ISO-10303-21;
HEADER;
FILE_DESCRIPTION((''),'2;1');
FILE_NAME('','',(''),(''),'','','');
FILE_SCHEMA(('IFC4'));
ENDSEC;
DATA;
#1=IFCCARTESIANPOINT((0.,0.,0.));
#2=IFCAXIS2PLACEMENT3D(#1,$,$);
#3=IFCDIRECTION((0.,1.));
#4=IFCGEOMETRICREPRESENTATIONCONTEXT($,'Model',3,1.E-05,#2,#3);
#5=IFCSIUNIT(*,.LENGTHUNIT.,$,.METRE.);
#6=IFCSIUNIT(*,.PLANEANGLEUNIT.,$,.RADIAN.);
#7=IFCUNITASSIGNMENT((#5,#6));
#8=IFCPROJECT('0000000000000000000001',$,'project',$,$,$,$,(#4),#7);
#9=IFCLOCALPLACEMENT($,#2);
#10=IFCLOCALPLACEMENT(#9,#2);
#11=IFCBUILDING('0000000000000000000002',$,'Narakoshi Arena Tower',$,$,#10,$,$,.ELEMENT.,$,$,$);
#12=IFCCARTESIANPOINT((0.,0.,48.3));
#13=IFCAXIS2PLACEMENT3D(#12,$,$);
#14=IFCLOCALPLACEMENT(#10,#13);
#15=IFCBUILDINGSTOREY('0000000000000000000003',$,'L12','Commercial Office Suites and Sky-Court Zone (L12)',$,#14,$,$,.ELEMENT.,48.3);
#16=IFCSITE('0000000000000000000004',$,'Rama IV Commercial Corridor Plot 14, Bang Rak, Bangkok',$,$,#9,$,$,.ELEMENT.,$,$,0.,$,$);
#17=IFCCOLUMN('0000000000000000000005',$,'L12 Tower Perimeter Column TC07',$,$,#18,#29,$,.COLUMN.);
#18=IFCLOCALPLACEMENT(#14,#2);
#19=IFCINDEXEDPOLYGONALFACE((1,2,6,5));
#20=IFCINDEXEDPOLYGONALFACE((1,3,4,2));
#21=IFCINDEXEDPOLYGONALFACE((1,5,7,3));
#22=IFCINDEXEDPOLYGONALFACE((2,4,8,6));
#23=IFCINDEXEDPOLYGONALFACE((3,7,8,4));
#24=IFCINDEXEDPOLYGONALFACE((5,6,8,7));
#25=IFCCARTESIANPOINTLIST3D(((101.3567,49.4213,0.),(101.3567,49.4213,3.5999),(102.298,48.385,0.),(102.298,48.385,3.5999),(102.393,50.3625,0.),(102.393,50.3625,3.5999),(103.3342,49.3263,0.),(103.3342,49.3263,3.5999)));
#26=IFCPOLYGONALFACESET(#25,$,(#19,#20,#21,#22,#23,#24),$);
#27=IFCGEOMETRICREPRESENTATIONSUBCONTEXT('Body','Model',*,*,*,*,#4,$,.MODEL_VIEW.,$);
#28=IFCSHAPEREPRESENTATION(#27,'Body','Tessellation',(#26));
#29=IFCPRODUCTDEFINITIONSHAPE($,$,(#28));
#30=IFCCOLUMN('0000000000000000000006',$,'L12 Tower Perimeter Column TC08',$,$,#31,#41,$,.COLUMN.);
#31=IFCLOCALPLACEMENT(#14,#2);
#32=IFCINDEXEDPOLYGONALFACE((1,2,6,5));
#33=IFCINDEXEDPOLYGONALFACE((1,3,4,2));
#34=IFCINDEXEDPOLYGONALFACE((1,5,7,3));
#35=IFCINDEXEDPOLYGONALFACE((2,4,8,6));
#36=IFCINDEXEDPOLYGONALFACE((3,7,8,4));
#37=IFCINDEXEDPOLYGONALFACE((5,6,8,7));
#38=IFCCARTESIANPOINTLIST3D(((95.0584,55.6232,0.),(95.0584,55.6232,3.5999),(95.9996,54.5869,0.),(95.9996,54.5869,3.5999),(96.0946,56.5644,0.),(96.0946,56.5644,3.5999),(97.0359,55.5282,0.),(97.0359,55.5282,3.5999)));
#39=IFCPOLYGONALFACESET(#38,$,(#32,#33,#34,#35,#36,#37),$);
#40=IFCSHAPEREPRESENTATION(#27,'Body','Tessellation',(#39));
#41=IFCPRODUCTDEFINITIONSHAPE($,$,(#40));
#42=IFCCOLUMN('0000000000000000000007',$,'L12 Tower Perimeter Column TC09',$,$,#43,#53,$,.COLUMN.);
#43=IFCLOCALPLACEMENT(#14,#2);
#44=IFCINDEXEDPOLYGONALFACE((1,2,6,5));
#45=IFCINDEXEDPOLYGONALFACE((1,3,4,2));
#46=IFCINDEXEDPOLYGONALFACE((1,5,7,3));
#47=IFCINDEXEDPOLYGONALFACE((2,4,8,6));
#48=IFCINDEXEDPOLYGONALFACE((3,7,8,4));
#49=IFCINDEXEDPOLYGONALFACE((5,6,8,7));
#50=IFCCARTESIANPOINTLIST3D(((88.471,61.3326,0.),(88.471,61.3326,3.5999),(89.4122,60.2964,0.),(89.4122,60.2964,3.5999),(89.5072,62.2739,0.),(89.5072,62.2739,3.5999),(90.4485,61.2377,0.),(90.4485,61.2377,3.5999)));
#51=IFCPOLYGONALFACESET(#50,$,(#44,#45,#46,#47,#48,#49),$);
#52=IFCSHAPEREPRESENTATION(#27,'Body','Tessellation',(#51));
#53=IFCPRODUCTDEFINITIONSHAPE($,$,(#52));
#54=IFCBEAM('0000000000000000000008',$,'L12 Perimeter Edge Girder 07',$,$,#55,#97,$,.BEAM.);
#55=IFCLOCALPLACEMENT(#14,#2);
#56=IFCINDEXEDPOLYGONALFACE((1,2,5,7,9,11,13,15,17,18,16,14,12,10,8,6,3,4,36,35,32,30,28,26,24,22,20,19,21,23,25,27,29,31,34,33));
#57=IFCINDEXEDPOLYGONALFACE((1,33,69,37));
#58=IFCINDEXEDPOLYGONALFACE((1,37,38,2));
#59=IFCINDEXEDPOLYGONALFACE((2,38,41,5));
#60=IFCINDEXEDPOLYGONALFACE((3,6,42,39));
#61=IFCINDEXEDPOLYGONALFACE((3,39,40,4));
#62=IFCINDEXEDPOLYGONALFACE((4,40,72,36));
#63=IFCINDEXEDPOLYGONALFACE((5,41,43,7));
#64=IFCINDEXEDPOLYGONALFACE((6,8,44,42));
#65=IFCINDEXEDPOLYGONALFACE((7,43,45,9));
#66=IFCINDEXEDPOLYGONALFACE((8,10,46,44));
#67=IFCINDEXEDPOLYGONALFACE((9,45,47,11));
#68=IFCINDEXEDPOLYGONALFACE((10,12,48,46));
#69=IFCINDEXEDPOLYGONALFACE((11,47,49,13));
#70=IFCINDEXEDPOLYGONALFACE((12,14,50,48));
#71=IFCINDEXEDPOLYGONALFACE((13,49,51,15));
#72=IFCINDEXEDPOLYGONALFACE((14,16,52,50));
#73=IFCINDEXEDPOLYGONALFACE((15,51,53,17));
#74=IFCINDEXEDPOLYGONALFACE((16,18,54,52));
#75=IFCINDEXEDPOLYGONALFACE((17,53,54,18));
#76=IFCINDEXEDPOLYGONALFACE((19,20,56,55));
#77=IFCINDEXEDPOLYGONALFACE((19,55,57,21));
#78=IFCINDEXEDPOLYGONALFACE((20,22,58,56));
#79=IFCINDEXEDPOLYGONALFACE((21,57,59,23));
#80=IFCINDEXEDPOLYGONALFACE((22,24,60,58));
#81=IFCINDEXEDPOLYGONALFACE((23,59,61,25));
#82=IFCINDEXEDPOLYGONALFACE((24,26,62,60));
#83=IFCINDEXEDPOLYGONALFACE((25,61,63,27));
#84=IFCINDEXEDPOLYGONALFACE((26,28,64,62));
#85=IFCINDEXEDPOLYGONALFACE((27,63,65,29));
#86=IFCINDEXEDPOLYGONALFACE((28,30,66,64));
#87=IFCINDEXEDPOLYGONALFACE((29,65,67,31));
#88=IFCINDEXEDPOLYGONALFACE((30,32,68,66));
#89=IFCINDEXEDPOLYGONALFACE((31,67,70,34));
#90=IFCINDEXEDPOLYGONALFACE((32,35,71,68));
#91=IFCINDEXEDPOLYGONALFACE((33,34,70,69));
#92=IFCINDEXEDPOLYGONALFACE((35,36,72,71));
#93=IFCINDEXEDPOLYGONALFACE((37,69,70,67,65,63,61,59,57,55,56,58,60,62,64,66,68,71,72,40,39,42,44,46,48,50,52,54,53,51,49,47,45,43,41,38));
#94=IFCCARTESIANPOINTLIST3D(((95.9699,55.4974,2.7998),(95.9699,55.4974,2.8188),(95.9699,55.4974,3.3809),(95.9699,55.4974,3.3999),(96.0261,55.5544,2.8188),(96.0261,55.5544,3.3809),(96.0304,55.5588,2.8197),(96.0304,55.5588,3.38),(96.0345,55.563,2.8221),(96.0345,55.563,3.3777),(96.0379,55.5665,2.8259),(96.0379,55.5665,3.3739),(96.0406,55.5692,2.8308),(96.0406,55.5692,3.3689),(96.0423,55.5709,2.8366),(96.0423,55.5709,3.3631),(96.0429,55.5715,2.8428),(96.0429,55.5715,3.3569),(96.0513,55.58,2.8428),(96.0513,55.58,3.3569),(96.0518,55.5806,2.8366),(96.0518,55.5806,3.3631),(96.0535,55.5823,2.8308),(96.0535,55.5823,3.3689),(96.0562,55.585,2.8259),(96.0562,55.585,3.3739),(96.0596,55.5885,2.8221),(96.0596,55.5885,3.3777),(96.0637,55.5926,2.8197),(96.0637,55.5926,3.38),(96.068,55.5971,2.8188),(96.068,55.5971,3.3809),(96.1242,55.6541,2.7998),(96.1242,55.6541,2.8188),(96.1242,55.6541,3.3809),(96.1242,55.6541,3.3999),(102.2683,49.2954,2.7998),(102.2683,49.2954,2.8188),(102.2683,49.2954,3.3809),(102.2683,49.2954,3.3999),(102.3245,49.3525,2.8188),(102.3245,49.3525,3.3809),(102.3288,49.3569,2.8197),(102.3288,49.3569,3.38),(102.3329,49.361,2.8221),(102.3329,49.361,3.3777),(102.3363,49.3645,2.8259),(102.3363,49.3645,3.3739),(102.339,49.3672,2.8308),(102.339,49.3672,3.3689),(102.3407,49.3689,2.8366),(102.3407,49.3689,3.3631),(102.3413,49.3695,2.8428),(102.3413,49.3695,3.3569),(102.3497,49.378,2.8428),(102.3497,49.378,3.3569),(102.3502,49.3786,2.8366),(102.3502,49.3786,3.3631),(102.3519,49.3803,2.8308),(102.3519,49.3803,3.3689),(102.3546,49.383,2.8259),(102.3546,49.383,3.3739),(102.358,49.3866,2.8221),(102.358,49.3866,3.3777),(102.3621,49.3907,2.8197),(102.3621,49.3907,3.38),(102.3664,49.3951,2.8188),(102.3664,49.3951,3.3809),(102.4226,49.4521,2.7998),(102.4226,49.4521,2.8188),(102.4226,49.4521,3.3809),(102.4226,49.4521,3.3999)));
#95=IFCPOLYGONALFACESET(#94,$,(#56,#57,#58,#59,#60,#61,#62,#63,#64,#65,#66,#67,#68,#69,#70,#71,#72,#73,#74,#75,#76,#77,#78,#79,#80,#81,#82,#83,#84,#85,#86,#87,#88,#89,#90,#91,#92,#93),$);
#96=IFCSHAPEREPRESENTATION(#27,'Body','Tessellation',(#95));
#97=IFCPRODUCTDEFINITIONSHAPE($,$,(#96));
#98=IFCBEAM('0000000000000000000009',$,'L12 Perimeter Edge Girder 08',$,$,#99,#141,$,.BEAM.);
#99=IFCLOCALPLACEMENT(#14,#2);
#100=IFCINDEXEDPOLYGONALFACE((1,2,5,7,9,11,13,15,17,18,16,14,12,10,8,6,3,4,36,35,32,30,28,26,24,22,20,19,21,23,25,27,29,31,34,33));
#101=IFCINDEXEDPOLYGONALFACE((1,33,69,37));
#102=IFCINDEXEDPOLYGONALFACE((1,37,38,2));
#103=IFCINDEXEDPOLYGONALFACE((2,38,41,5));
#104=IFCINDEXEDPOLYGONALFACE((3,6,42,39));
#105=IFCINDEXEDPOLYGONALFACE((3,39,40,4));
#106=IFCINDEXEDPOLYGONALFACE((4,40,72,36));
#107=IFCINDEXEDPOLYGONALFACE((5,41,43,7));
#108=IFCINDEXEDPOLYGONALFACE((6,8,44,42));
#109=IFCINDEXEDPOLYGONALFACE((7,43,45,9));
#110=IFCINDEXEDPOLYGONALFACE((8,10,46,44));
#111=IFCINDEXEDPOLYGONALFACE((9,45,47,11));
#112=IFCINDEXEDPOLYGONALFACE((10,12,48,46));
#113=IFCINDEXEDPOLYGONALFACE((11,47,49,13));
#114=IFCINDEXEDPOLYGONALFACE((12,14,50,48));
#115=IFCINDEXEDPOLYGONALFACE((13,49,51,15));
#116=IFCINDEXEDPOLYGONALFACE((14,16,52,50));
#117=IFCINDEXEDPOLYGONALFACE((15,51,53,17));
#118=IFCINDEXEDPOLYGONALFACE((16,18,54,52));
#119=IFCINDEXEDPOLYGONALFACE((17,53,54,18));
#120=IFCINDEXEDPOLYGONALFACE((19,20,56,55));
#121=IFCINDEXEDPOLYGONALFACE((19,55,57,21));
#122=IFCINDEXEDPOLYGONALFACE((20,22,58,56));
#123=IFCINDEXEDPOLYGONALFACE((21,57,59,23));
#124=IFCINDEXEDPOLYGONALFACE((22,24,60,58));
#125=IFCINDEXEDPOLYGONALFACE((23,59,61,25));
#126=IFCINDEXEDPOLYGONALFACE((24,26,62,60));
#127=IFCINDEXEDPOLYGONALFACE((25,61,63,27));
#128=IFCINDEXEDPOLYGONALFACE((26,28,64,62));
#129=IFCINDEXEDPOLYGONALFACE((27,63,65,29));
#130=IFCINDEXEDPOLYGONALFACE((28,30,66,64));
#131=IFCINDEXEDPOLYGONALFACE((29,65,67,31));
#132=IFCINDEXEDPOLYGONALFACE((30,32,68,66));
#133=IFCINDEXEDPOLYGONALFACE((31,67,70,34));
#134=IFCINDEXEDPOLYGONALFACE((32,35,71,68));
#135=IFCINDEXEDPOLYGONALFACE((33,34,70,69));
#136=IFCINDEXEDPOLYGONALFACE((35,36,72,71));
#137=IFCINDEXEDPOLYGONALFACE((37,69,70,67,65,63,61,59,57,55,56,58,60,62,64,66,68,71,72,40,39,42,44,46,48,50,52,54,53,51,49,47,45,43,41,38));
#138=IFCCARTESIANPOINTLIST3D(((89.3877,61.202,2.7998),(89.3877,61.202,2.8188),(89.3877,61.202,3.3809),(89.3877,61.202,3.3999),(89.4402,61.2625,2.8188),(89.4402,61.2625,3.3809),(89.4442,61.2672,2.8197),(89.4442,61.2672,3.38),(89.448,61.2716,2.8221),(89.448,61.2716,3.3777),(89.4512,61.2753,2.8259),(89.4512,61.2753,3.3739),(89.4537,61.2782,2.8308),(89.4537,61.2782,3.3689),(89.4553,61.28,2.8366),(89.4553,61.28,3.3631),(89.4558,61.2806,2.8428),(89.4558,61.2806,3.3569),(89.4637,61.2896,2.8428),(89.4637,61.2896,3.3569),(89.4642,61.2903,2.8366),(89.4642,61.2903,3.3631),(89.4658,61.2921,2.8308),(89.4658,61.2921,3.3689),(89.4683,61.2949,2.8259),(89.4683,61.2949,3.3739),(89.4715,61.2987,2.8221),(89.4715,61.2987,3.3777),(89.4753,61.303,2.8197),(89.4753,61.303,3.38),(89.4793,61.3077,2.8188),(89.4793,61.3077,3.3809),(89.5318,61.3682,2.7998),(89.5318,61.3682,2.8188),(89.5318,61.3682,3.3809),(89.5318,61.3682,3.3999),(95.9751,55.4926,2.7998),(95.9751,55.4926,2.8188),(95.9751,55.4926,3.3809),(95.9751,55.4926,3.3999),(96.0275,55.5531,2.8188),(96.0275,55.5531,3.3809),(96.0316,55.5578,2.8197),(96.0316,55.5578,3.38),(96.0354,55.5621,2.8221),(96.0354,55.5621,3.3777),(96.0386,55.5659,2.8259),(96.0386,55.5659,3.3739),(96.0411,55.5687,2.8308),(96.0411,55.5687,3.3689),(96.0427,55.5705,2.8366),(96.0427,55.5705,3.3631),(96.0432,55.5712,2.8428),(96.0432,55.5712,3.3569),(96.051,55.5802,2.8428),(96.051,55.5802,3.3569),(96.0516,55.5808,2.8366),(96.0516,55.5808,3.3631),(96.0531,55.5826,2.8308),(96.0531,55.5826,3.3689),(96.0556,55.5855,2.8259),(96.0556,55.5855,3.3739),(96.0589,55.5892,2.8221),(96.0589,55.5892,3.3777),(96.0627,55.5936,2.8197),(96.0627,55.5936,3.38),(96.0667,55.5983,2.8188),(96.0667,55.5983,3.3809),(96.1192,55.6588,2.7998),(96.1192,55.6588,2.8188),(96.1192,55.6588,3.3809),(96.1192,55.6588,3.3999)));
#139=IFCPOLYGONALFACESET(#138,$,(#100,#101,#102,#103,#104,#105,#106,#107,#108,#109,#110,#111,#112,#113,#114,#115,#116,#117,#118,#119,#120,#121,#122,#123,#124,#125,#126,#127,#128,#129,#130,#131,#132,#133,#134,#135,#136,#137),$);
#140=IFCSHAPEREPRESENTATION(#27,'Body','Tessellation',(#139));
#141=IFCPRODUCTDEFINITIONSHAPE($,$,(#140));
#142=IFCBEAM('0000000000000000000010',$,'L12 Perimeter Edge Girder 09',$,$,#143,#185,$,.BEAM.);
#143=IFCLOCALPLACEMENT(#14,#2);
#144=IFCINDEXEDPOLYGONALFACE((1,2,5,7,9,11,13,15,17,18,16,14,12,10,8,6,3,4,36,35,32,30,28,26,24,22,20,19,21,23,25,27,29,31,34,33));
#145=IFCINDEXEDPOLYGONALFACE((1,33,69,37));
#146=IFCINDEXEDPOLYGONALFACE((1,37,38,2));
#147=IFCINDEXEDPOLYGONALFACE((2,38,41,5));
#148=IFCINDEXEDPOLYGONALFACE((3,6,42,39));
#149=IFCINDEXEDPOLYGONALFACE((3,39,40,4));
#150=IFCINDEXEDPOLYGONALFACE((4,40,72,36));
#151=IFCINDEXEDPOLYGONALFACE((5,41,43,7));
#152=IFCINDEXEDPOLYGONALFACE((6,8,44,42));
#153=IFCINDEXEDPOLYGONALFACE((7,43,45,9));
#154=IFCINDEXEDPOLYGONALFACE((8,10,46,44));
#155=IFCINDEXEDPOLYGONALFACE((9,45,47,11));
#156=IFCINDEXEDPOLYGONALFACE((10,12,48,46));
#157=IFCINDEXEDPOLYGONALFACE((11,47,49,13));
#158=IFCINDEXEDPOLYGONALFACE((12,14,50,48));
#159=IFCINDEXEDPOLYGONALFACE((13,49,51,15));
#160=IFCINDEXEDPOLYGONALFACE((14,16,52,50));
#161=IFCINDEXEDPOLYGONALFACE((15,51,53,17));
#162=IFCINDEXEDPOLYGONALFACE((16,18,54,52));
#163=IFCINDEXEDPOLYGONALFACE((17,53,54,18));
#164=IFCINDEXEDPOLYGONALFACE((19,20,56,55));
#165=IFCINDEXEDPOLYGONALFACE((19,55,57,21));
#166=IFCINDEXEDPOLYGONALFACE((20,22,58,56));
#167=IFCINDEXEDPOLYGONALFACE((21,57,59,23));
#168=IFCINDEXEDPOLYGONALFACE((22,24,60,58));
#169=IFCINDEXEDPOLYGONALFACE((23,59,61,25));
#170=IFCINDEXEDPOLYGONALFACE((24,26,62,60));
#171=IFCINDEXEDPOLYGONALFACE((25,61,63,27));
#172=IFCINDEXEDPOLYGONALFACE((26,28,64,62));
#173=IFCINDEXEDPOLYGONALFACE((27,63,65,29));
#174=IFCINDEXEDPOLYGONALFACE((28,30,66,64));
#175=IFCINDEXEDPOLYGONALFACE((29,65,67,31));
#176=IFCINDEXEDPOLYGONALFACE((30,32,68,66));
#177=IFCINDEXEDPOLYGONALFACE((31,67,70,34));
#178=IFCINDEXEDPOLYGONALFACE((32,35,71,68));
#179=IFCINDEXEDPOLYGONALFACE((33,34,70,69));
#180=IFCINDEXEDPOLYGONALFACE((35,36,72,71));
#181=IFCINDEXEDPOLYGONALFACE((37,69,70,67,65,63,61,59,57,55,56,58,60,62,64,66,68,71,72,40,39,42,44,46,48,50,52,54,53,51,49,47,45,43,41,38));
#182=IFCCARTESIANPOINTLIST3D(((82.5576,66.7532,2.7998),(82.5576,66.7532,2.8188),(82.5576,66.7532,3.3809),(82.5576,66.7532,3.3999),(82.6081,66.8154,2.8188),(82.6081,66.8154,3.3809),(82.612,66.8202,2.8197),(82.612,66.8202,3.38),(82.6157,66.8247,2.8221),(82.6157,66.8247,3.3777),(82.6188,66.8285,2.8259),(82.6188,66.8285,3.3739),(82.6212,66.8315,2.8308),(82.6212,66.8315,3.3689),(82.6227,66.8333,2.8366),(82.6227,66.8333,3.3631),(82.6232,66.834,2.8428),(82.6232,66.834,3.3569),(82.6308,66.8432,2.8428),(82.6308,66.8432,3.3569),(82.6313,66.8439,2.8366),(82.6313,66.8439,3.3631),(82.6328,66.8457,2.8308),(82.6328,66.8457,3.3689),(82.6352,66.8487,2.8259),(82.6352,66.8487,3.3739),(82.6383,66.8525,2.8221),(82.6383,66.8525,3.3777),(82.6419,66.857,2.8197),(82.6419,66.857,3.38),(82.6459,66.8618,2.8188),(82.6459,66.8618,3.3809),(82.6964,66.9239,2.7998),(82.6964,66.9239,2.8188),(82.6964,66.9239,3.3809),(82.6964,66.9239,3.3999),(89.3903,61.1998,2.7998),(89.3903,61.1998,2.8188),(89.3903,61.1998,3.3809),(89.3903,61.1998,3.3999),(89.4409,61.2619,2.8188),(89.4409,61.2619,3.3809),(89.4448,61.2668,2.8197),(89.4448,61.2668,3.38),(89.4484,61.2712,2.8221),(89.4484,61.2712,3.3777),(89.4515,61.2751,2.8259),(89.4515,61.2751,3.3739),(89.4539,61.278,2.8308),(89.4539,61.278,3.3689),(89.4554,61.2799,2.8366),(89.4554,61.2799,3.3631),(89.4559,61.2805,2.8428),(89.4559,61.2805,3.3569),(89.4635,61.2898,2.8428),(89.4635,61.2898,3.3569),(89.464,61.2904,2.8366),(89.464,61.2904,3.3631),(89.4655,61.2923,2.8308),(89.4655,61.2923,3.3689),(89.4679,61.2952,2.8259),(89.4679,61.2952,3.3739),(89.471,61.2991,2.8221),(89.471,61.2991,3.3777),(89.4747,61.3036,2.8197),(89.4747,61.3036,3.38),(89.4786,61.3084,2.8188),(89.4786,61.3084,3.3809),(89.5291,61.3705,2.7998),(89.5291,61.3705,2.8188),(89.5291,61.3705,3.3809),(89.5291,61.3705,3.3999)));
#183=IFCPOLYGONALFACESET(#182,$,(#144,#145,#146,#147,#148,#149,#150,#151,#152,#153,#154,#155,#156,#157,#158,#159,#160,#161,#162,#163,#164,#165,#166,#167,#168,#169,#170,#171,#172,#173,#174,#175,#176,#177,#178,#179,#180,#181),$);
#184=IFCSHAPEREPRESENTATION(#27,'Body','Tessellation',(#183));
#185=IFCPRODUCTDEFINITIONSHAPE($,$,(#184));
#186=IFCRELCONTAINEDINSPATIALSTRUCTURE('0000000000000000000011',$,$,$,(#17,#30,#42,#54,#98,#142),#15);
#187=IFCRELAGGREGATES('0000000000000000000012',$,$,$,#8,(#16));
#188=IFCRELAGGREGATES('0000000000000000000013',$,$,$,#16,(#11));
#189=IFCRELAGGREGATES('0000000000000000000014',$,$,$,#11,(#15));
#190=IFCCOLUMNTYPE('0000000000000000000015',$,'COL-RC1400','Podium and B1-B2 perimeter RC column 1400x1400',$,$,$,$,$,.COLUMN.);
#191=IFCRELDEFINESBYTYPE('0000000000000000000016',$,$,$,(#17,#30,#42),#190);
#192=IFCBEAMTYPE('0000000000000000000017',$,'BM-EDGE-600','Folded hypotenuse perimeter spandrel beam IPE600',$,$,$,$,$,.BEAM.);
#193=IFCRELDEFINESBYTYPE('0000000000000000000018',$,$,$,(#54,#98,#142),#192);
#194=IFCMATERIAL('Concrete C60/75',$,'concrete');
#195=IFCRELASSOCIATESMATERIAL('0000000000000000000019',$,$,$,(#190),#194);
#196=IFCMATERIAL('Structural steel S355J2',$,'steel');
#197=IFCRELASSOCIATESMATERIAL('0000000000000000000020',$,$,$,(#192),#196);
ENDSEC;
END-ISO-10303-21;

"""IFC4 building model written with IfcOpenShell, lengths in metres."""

from ifc_helpers import new_model, si_unit, direction, frame, origin, origin_2d, place, context, subcontext, project, spatial, rectangle, i_section, extrude, material, material_profile, profile_set, type_object, element, save


model = new_model("IFC4")

# Units and contexts
model_context = context("Model", 3, precision=1e-05, world=origin(), true_north=direction((0.0, 1.0)))
body_context = subcontext(model_context, "Body", "Model", "MODEL_VIEW")
ifc_project = project(units=[si_unit("LENGTHUNIT", "METRE"), si_unit("PLANEANGLEUNIT", "RADIAN")], contexts=[model_context])

# Site, building, storey
site_placement = place(None, origin())
site = spatial("IfcSite", under=ifc_project, at=site_placement, Name="Rama IV Commercial Corridor Plot 14, Bang Rak, Bangkok", CompositionType="ELEMENT", RefElevation=0.0)
building_placement = place(site_placement, origin())
building = spatial("IfcBuilding", under=site, at=building_placement, Name="Narakoshi Arena Tower", CompositionType="ELEMENT")
storey_placement = place(building_placement, frame((0.0, 0.0, 48.3)))
storey = spatial("IfcBuildingStorey", under=building, at=storey_placement, Name="L12", Description="Commercial Office Suites and Sky-Court Zone (L12)", CompositionType="ELEMENT", Elevation=48.3)

# Columns
ifc_material_1 = material(Name="Concrete C60/75", Category="concrete")
ifc_material_profile_1 = material_profile(ifc_material_1, rectangle(XDim=1.3999, YDim=1.3999, at=origin_2d()), Name="RC1400x1400")
ifc_profile_set_1 = profile_set([ifc_material_profile_1], Name="Concrete C60/75")
column_type = type_object("IfcColumnType", Name="COL-RC1400", Description="Podium and B1-B2 perimeter RC column 1400x1400", PredefinedType="COLUMN", material=ifc_profile_set_1)
for number, where, z_axis, x_axis, name in (
    (1, (102.3455, 49.3738, 0.0), (0.0, 0.0, 1.0), (0.740218, 0.672367, 0.0), "L12 Tower Perimeter Column TC07"),
    (2, (96.0471, 55.5757, 0.0), (0.0, 0.0, 1.0), (0.740218, 0.672367, 0.0), "L12 Tower Perimeter Column TC08"),
    (3, (89.4597, 61.2852, 0.0), (0.0, 0.0, 1.0), (0.740218, 0.672367, 0.0), "L12 Tower Perimeter Column TC09"),
):
    element("IfcColumn", number, at=place(storey_placement, frame(where, z_axis=z_axis, x_axis=x_axis)), inside=storey, type_object=column_type, Name=name, PredefinedType="COLUMN", context=body_context, shape_type="SweptSolid", body=[
        extrude(rectangle(XDim=1.3999, YDim=1.3999, at=origin_2d()), origin(), (0.0, 0.0, 1.0), 3.5999),
    ])

# Beams
ifc_material_2 = material(Name="Structural steel S355J2", Category="steel")
ifc_material_profile_2 = material_profile(ifc_material_2, i_section(OverallWidth=0.22, OverallDepth=0.6001, WebThickness=0.012, FlangeThickness=0.019, FilletRadius=0.0239, at=origin_2d()), Name="IPE600")
ifc_profile_set_2 = profile_set([ifc_material_profile_2], Name="Structural steel S355J2")
beam_type_1 = type_object("IfcBeamType", Name="BM-EDGE-600", Description="Folded hypotenuse perimeter spandrel beam IPE600", PredefinedType="BEAM", material=ifc_profile_set_2)
beam_1_placement = place(storey_placement, frame((102.3455, 49.3738, 3.0999), z_axis=(-0.712541, 0.701631, 0.0), x_axis=(-0.701631, -0.712541, 0.0)))
element("IfcBeam", 4, at=beam_1_placement, inside=storey, type_object=beam_type_1, Name="L12 Perimeter Edge Girder 07", PredefinedType="BEAM", context=body_context, shape_type="SweptSolid", body=[
    extrude(i_section(OverallWidth=0.22, OverallDepth=0.6001, WebThickness=0.012, FlangeThickness=0.019, FilletRadius=0.0239, at=origin_2d()), origin(), (0.0, 0.0, 1.0), 8.8394),
])
beam_2_placement = place(storey_placement, frame((96.0471, 55.5757, 3.0999), z_axis=(-0.755667, 0.654956, 0.0), x_axis=(-0.654956, -0.755667, 0.0)))
element("IfcBeam", 5, at=beam_2_placement, inside=storey, type_object=beam_type_1, Name="L12 Perimeter Edge Girder 08", PredefinedType="BEAM", context=body_context, shape_type="SweptSolid", body=[
    extrude(i_section(OverallWidth=0.22, OverallDepth=0.6001, WebThickness=0.012, FlangeThickness=0.019, FilletRadius=0.0239, at=origin_2d()), origin(), (0.0, 0.0, 1.0), 8.7173),
])
beam_3_placement = place(storey_placement, frame((89.4597, 61.2852, 3.0999), z_axis=(-0.776011, 0.630719, 0.0), x_axis=(-0.630719, -0.776011, 0.0)))
element("IfcBeam", 6, at=beam_3_placement, inside=storey, type_object=beam_type_1, Name="L12 Perimeter Edge Girder 09", PredefinedType="BEAM", context=body_context, shape_type="SweptSolid", body=[
    extrude(i_section(OverallWidth=0.22, OverallDepth=0.6001, WebThickness=0.012, FlangeThickness=0.019, FilletRadius=0.0239, at=origin_2d()), origin(), (0.0, 0.0, 1.0), 8.8049),
])

save(model, "model.ifc")
